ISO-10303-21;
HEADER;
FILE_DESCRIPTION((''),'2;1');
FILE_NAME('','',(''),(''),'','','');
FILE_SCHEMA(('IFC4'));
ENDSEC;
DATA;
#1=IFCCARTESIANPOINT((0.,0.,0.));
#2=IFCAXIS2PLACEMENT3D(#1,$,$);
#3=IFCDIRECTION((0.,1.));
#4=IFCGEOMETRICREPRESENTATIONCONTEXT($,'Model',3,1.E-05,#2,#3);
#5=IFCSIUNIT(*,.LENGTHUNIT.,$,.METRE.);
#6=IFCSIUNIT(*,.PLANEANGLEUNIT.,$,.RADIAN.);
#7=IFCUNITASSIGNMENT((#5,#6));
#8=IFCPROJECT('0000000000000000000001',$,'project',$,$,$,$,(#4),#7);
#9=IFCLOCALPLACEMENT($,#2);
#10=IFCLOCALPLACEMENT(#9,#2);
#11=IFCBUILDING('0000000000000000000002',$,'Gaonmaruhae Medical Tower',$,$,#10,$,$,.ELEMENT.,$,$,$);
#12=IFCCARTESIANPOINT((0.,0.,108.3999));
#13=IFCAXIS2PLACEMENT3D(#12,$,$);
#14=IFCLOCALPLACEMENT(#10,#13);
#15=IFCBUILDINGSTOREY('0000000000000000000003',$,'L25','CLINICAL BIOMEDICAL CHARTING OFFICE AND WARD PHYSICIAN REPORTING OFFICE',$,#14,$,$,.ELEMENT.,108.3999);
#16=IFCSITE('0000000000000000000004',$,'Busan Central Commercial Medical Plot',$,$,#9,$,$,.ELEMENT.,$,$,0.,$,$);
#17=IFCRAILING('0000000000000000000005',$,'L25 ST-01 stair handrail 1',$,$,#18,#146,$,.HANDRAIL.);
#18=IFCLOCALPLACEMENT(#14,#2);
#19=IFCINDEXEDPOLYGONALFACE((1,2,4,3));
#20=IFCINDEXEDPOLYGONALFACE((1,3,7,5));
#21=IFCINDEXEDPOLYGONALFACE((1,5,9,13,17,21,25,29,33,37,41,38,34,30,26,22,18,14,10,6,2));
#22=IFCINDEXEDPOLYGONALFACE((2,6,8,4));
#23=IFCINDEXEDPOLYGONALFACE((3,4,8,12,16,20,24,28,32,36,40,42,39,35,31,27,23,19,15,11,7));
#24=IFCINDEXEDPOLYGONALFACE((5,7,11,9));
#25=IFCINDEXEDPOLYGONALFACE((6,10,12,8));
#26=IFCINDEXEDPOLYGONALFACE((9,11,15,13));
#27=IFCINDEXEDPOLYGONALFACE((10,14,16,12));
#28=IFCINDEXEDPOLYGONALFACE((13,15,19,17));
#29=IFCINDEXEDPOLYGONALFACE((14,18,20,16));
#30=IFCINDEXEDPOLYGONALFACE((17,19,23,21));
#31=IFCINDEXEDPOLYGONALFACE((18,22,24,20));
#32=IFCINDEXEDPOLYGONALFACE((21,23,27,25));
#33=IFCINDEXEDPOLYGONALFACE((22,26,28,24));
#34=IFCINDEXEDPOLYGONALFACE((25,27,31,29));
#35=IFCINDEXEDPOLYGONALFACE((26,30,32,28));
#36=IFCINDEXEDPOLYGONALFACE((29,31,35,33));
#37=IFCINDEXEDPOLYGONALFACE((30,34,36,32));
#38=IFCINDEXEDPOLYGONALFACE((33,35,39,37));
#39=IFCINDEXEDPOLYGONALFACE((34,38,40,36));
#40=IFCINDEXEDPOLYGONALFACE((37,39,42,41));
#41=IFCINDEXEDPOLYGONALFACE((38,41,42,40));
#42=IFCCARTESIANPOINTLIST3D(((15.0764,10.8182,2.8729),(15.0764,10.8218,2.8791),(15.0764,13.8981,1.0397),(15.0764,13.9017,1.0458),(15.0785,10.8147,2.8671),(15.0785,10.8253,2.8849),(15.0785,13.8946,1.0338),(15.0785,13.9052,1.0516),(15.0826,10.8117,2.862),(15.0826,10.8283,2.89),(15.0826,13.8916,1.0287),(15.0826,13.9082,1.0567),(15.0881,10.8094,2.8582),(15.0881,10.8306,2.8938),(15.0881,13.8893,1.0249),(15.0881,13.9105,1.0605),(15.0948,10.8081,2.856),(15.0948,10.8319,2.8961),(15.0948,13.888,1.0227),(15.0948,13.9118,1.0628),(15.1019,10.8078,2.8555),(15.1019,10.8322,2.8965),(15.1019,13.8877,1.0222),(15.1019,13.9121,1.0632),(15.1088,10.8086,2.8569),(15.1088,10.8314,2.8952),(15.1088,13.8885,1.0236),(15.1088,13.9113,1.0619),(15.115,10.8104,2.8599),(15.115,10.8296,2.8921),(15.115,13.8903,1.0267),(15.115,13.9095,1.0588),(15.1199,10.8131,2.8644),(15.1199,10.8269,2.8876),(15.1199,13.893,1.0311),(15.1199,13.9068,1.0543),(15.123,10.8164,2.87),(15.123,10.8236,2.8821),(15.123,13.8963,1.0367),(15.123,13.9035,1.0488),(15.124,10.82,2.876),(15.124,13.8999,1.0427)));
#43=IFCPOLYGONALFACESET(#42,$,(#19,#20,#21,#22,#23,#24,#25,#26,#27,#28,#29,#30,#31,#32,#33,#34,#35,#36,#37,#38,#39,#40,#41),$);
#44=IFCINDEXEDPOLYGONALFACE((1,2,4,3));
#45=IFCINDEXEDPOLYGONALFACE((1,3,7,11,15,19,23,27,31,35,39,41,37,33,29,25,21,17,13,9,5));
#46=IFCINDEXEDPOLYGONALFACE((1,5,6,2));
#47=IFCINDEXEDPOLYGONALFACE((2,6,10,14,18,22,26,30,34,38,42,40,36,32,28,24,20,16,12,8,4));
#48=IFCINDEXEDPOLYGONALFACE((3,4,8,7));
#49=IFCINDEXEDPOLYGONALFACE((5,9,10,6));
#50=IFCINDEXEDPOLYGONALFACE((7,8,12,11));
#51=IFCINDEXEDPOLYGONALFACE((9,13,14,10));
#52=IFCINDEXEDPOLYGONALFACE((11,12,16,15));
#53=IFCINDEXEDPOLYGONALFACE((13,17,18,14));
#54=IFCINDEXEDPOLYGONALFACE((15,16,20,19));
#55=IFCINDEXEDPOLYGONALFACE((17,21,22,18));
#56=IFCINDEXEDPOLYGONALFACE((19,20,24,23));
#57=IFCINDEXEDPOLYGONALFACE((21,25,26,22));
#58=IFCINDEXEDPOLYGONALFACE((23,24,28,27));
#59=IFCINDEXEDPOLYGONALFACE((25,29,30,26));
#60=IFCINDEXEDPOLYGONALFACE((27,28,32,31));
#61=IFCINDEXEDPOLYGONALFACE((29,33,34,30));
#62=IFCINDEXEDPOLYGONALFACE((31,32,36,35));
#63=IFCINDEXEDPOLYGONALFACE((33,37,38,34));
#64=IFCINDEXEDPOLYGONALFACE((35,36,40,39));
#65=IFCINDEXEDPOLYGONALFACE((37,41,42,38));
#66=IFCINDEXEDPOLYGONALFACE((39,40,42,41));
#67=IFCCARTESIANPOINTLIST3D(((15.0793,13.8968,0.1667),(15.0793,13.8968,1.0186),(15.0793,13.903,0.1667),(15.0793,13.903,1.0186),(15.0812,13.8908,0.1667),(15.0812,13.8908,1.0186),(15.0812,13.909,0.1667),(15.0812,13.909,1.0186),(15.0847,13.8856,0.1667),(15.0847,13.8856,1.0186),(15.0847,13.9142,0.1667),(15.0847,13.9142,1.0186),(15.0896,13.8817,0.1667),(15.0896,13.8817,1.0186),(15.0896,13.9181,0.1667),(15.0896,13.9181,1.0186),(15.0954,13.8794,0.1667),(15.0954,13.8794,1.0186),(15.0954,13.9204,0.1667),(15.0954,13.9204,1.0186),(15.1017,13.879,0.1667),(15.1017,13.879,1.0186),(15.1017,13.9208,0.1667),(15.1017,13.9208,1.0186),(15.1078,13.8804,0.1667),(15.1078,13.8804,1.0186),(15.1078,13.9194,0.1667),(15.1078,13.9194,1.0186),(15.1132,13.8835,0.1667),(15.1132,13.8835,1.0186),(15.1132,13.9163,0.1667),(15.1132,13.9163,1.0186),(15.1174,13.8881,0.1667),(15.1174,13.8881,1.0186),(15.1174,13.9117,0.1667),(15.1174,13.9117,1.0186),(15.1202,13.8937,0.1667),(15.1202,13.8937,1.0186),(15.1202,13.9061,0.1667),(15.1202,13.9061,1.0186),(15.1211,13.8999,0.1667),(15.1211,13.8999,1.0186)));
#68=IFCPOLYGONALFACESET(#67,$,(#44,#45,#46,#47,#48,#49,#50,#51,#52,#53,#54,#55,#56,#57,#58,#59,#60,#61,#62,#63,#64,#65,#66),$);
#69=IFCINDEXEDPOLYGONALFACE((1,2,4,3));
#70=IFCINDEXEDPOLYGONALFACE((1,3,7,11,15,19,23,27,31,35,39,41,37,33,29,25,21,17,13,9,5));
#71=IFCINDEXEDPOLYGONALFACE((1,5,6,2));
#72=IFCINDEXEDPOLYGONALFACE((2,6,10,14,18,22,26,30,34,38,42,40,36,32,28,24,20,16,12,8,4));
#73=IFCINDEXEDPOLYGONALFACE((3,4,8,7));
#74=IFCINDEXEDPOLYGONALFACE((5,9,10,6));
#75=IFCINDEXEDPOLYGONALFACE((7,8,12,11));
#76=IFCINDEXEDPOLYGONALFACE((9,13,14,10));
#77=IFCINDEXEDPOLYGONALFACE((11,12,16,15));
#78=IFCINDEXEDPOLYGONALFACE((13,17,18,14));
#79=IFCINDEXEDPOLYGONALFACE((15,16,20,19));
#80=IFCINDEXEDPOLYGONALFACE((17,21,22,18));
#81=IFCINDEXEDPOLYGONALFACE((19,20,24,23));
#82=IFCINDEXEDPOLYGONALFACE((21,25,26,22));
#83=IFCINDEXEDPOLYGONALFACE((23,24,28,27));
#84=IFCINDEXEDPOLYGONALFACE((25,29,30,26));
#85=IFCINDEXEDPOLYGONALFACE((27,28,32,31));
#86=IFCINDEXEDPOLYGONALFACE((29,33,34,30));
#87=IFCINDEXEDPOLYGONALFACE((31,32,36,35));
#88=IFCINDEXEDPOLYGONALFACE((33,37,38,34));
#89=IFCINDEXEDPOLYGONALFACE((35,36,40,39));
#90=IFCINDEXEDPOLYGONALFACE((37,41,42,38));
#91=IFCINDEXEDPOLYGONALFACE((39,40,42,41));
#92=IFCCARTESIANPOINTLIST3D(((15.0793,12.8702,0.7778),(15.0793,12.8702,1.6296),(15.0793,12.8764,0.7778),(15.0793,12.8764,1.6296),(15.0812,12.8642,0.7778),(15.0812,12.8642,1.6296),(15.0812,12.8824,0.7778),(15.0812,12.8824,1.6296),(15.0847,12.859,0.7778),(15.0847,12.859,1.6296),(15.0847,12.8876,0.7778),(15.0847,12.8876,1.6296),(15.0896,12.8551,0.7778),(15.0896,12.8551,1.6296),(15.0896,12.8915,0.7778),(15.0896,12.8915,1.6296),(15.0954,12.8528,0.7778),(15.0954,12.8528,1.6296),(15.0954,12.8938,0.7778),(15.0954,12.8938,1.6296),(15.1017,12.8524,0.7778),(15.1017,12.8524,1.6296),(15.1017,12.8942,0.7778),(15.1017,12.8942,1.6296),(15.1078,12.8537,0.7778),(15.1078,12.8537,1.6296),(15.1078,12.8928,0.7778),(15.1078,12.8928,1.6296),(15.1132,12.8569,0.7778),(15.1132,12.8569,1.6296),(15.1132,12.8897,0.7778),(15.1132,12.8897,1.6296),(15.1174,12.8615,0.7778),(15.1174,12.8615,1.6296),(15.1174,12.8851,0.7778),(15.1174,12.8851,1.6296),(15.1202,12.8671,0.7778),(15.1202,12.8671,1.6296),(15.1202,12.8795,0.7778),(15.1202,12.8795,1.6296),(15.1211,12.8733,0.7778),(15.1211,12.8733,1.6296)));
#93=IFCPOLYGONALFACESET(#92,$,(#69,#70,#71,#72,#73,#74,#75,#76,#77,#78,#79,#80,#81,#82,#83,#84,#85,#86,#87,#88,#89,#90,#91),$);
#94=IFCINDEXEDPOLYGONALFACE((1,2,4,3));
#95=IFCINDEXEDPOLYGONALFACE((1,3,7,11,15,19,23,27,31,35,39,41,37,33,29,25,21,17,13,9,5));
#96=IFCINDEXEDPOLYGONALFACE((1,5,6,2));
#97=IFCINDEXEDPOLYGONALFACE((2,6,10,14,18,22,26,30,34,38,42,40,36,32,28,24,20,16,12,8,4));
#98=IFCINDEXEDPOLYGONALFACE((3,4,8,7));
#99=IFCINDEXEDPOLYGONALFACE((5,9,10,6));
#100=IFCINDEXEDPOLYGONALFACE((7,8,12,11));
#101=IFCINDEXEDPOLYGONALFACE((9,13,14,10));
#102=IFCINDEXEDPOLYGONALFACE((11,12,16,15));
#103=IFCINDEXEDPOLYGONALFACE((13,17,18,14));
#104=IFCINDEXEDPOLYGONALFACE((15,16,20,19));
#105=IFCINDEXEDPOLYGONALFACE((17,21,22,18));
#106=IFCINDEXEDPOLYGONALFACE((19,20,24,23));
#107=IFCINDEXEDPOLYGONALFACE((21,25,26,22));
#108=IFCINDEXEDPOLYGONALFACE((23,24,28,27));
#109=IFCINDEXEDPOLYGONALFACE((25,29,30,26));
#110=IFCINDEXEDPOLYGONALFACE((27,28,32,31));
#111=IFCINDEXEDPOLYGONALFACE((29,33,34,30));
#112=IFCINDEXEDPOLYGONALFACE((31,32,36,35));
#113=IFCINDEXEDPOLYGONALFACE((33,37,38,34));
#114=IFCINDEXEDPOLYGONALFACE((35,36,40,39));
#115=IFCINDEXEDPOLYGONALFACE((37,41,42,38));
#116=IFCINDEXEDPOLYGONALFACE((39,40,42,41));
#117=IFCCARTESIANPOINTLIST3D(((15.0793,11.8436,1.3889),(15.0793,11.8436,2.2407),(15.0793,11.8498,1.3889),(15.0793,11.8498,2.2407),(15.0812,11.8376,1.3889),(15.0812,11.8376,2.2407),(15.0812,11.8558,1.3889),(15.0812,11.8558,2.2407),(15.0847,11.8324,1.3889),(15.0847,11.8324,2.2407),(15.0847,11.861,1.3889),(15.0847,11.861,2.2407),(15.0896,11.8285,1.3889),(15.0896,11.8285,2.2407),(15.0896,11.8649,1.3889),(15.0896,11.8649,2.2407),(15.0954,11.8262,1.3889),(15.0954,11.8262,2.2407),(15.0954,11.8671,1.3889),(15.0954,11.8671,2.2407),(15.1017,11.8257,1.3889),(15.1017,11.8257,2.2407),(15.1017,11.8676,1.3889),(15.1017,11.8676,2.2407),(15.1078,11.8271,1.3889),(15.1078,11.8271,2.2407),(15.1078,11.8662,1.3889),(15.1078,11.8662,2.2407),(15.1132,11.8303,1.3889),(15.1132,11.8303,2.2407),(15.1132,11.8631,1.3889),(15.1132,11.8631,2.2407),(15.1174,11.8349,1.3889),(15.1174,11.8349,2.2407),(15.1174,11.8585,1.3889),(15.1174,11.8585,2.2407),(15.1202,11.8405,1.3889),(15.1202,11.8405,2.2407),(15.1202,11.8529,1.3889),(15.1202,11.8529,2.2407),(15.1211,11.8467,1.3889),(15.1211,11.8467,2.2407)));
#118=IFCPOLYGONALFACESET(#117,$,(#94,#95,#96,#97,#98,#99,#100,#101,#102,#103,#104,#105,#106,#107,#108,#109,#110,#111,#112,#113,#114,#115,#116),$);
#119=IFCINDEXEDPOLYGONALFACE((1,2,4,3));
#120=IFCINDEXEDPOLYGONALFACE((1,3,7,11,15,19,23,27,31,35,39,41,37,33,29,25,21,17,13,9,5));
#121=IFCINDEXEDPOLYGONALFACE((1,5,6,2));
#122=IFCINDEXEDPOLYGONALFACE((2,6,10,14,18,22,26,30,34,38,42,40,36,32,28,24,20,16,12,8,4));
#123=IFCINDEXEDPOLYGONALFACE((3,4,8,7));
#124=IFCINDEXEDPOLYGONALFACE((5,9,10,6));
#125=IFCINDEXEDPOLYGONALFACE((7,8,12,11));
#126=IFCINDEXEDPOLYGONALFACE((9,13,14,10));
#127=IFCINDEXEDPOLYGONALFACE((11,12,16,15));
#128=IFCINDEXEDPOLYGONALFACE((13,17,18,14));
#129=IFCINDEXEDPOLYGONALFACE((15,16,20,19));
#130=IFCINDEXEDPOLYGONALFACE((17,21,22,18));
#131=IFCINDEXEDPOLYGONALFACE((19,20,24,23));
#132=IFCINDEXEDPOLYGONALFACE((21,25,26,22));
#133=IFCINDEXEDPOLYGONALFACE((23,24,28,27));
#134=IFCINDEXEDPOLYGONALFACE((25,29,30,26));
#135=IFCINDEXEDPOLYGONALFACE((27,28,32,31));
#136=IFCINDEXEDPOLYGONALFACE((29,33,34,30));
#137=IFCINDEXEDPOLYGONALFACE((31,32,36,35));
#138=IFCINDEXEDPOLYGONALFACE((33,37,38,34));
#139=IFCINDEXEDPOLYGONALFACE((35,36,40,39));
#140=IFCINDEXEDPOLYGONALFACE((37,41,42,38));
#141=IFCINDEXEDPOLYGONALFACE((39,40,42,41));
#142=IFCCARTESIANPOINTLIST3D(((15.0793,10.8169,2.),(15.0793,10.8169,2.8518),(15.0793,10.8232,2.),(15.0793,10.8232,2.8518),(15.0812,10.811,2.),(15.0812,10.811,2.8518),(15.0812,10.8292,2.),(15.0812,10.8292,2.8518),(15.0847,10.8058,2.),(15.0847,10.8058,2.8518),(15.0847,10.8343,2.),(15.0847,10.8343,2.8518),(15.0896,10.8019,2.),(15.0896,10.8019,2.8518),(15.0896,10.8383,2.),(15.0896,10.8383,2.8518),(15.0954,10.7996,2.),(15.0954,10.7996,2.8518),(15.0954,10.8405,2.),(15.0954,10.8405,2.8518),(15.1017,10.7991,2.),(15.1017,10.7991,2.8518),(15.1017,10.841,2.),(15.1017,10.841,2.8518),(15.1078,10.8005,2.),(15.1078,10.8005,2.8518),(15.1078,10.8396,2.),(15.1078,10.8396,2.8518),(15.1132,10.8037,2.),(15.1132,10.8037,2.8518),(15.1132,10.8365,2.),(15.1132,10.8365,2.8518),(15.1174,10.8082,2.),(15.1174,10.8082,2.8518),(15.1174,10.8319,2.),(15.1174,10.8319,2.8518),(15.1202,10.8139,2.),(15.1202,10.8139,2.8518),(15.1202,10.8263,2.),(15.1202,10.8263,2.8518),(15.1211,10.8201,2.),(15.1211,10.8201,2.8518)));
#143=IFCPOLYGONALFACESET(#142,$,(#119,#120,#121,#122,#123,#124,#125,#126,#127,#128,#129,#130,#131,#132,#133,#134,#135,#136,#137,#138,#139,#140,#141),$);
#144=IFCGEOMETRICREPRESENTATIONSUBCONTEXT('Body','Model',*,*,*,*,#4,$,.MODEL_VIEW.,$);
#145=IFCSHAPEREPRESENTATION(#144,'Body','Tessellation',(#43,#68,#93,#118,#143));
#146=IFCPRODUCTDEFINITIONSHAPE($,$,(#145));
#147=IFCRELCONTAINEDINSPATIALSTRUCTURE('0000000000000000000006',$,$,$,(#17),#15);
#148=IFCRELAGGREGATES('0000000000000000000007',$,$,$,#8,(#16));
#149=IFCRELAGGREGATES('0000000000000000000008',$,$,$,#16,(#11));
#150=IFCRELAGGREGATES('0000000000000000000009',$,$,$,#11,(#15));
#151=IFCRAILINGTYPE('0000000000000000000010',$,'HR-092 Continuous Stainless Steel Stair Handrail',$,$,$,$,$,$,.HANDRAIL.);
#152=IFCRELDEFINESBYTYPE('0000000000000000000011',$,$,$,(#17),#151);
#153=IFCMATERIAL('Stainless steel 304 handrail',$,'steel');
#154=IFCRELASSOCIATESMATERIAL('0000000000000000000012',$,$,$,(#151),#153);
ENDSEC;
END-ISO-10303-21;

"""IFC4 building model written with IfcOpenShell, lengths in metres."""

from ifc_helpers import new_model, si_unit, direction, frame, origin, origin_2d, place, context, subcontext, project, spatial, circle, extrude, material, type_object, element, save


model = new_model("IFC4")

# Units and contexts
model_context = context("Model", 3, precision=1e-05, world=origin(), true_north=direction((0.0, 1.0)))
body_context = subcontext(model_context, "Body", "Model", "MODEL_VIEW")
ifc_project = project(units=[si_unit("LENGTHUNIT", "METRE"), si_unit("PLANEANGLEUNIT", "RADIAN")], contexts=[model_context])

# Site, building, storey
site_placement = place(None, origin())
site = spatial("IfcSite", under=ifc_project, at=site_placement, Name="Busan Central Commercial Medical Plot", CompositionType="ELEMENT", RefElevation=0.0)
building_placement = place(site_placement, origin())
building = spatial("IfcBuilding", under=site, at=building_placement, Name="Gaonmaruhae Medical Tower", CompositionType="ELEMENT")
storey_placement = place(building_placement, frame((0.0, 0.0, 108.3999)))
storey = spatial("IfcBuildingStorey", under=building, at=storey_placement, Name="L25", Description="CLINICAL BIOMEDICAL CHARTING OFFICE AND WARD PHYSICIAN REPORTING OFFICE", CompositionType="ELEMENT", Elevation=108.3999)

# Railing
ifc_material_1 = material(Name="Stainless steel 304 handrail", Category="steel")
railing_type_1 = type_object("IfcRailingType", Name="HR-092 Continuous Stainless Steel Stair Handrail", PredefinedType="HANDRAIL", material=ifc_material_1)
railing_1_placement = place(storey_placement, frame((15.1001, 13.8999, 0.1667)))
element("IfcRailing", 1, at=railing_1_placement, inside=storey, type_object=railing_type_1, Name="L25 ST-01 stair handrail 1", PredefinedType="HANDRAIL", context=body_context, shape_type="SweptSolid", body=[
    extrude(circle(Radius=0.0239, at=origin_2d()), frame((0.0, 0.0, 0.876), z_axis=(0.0, -0.859291, 0.511487), x_axis=(1.0, 0.0, 0.0)), (0.0, 0.0, 1.0), 3.5842),
    extrude(circle(Radius=0.021, at=origin_2d()), origin(), (0.0, 0.0, 1.0), 0.8518),
    extrude(circle(Radius=0.021, at=origin_2d()), frame((0.0, -1.0266, 0.6111)), (0.0, 0.0, 1.0), 0.8518),
    extrude(circle(Radius=0.021, at=origin_2d()), frame((0.0, -2.0532, 1.2222)), (0.0, 0.0, 1.0), 0.8518),
    extrude(circle(Radius=0.021, at=origin_2d()), frame((0.0, -3.0798, 1.8333)), (0.0, 0.0, 1.0), 0.8518),
])

save(model, "model.ifc")
